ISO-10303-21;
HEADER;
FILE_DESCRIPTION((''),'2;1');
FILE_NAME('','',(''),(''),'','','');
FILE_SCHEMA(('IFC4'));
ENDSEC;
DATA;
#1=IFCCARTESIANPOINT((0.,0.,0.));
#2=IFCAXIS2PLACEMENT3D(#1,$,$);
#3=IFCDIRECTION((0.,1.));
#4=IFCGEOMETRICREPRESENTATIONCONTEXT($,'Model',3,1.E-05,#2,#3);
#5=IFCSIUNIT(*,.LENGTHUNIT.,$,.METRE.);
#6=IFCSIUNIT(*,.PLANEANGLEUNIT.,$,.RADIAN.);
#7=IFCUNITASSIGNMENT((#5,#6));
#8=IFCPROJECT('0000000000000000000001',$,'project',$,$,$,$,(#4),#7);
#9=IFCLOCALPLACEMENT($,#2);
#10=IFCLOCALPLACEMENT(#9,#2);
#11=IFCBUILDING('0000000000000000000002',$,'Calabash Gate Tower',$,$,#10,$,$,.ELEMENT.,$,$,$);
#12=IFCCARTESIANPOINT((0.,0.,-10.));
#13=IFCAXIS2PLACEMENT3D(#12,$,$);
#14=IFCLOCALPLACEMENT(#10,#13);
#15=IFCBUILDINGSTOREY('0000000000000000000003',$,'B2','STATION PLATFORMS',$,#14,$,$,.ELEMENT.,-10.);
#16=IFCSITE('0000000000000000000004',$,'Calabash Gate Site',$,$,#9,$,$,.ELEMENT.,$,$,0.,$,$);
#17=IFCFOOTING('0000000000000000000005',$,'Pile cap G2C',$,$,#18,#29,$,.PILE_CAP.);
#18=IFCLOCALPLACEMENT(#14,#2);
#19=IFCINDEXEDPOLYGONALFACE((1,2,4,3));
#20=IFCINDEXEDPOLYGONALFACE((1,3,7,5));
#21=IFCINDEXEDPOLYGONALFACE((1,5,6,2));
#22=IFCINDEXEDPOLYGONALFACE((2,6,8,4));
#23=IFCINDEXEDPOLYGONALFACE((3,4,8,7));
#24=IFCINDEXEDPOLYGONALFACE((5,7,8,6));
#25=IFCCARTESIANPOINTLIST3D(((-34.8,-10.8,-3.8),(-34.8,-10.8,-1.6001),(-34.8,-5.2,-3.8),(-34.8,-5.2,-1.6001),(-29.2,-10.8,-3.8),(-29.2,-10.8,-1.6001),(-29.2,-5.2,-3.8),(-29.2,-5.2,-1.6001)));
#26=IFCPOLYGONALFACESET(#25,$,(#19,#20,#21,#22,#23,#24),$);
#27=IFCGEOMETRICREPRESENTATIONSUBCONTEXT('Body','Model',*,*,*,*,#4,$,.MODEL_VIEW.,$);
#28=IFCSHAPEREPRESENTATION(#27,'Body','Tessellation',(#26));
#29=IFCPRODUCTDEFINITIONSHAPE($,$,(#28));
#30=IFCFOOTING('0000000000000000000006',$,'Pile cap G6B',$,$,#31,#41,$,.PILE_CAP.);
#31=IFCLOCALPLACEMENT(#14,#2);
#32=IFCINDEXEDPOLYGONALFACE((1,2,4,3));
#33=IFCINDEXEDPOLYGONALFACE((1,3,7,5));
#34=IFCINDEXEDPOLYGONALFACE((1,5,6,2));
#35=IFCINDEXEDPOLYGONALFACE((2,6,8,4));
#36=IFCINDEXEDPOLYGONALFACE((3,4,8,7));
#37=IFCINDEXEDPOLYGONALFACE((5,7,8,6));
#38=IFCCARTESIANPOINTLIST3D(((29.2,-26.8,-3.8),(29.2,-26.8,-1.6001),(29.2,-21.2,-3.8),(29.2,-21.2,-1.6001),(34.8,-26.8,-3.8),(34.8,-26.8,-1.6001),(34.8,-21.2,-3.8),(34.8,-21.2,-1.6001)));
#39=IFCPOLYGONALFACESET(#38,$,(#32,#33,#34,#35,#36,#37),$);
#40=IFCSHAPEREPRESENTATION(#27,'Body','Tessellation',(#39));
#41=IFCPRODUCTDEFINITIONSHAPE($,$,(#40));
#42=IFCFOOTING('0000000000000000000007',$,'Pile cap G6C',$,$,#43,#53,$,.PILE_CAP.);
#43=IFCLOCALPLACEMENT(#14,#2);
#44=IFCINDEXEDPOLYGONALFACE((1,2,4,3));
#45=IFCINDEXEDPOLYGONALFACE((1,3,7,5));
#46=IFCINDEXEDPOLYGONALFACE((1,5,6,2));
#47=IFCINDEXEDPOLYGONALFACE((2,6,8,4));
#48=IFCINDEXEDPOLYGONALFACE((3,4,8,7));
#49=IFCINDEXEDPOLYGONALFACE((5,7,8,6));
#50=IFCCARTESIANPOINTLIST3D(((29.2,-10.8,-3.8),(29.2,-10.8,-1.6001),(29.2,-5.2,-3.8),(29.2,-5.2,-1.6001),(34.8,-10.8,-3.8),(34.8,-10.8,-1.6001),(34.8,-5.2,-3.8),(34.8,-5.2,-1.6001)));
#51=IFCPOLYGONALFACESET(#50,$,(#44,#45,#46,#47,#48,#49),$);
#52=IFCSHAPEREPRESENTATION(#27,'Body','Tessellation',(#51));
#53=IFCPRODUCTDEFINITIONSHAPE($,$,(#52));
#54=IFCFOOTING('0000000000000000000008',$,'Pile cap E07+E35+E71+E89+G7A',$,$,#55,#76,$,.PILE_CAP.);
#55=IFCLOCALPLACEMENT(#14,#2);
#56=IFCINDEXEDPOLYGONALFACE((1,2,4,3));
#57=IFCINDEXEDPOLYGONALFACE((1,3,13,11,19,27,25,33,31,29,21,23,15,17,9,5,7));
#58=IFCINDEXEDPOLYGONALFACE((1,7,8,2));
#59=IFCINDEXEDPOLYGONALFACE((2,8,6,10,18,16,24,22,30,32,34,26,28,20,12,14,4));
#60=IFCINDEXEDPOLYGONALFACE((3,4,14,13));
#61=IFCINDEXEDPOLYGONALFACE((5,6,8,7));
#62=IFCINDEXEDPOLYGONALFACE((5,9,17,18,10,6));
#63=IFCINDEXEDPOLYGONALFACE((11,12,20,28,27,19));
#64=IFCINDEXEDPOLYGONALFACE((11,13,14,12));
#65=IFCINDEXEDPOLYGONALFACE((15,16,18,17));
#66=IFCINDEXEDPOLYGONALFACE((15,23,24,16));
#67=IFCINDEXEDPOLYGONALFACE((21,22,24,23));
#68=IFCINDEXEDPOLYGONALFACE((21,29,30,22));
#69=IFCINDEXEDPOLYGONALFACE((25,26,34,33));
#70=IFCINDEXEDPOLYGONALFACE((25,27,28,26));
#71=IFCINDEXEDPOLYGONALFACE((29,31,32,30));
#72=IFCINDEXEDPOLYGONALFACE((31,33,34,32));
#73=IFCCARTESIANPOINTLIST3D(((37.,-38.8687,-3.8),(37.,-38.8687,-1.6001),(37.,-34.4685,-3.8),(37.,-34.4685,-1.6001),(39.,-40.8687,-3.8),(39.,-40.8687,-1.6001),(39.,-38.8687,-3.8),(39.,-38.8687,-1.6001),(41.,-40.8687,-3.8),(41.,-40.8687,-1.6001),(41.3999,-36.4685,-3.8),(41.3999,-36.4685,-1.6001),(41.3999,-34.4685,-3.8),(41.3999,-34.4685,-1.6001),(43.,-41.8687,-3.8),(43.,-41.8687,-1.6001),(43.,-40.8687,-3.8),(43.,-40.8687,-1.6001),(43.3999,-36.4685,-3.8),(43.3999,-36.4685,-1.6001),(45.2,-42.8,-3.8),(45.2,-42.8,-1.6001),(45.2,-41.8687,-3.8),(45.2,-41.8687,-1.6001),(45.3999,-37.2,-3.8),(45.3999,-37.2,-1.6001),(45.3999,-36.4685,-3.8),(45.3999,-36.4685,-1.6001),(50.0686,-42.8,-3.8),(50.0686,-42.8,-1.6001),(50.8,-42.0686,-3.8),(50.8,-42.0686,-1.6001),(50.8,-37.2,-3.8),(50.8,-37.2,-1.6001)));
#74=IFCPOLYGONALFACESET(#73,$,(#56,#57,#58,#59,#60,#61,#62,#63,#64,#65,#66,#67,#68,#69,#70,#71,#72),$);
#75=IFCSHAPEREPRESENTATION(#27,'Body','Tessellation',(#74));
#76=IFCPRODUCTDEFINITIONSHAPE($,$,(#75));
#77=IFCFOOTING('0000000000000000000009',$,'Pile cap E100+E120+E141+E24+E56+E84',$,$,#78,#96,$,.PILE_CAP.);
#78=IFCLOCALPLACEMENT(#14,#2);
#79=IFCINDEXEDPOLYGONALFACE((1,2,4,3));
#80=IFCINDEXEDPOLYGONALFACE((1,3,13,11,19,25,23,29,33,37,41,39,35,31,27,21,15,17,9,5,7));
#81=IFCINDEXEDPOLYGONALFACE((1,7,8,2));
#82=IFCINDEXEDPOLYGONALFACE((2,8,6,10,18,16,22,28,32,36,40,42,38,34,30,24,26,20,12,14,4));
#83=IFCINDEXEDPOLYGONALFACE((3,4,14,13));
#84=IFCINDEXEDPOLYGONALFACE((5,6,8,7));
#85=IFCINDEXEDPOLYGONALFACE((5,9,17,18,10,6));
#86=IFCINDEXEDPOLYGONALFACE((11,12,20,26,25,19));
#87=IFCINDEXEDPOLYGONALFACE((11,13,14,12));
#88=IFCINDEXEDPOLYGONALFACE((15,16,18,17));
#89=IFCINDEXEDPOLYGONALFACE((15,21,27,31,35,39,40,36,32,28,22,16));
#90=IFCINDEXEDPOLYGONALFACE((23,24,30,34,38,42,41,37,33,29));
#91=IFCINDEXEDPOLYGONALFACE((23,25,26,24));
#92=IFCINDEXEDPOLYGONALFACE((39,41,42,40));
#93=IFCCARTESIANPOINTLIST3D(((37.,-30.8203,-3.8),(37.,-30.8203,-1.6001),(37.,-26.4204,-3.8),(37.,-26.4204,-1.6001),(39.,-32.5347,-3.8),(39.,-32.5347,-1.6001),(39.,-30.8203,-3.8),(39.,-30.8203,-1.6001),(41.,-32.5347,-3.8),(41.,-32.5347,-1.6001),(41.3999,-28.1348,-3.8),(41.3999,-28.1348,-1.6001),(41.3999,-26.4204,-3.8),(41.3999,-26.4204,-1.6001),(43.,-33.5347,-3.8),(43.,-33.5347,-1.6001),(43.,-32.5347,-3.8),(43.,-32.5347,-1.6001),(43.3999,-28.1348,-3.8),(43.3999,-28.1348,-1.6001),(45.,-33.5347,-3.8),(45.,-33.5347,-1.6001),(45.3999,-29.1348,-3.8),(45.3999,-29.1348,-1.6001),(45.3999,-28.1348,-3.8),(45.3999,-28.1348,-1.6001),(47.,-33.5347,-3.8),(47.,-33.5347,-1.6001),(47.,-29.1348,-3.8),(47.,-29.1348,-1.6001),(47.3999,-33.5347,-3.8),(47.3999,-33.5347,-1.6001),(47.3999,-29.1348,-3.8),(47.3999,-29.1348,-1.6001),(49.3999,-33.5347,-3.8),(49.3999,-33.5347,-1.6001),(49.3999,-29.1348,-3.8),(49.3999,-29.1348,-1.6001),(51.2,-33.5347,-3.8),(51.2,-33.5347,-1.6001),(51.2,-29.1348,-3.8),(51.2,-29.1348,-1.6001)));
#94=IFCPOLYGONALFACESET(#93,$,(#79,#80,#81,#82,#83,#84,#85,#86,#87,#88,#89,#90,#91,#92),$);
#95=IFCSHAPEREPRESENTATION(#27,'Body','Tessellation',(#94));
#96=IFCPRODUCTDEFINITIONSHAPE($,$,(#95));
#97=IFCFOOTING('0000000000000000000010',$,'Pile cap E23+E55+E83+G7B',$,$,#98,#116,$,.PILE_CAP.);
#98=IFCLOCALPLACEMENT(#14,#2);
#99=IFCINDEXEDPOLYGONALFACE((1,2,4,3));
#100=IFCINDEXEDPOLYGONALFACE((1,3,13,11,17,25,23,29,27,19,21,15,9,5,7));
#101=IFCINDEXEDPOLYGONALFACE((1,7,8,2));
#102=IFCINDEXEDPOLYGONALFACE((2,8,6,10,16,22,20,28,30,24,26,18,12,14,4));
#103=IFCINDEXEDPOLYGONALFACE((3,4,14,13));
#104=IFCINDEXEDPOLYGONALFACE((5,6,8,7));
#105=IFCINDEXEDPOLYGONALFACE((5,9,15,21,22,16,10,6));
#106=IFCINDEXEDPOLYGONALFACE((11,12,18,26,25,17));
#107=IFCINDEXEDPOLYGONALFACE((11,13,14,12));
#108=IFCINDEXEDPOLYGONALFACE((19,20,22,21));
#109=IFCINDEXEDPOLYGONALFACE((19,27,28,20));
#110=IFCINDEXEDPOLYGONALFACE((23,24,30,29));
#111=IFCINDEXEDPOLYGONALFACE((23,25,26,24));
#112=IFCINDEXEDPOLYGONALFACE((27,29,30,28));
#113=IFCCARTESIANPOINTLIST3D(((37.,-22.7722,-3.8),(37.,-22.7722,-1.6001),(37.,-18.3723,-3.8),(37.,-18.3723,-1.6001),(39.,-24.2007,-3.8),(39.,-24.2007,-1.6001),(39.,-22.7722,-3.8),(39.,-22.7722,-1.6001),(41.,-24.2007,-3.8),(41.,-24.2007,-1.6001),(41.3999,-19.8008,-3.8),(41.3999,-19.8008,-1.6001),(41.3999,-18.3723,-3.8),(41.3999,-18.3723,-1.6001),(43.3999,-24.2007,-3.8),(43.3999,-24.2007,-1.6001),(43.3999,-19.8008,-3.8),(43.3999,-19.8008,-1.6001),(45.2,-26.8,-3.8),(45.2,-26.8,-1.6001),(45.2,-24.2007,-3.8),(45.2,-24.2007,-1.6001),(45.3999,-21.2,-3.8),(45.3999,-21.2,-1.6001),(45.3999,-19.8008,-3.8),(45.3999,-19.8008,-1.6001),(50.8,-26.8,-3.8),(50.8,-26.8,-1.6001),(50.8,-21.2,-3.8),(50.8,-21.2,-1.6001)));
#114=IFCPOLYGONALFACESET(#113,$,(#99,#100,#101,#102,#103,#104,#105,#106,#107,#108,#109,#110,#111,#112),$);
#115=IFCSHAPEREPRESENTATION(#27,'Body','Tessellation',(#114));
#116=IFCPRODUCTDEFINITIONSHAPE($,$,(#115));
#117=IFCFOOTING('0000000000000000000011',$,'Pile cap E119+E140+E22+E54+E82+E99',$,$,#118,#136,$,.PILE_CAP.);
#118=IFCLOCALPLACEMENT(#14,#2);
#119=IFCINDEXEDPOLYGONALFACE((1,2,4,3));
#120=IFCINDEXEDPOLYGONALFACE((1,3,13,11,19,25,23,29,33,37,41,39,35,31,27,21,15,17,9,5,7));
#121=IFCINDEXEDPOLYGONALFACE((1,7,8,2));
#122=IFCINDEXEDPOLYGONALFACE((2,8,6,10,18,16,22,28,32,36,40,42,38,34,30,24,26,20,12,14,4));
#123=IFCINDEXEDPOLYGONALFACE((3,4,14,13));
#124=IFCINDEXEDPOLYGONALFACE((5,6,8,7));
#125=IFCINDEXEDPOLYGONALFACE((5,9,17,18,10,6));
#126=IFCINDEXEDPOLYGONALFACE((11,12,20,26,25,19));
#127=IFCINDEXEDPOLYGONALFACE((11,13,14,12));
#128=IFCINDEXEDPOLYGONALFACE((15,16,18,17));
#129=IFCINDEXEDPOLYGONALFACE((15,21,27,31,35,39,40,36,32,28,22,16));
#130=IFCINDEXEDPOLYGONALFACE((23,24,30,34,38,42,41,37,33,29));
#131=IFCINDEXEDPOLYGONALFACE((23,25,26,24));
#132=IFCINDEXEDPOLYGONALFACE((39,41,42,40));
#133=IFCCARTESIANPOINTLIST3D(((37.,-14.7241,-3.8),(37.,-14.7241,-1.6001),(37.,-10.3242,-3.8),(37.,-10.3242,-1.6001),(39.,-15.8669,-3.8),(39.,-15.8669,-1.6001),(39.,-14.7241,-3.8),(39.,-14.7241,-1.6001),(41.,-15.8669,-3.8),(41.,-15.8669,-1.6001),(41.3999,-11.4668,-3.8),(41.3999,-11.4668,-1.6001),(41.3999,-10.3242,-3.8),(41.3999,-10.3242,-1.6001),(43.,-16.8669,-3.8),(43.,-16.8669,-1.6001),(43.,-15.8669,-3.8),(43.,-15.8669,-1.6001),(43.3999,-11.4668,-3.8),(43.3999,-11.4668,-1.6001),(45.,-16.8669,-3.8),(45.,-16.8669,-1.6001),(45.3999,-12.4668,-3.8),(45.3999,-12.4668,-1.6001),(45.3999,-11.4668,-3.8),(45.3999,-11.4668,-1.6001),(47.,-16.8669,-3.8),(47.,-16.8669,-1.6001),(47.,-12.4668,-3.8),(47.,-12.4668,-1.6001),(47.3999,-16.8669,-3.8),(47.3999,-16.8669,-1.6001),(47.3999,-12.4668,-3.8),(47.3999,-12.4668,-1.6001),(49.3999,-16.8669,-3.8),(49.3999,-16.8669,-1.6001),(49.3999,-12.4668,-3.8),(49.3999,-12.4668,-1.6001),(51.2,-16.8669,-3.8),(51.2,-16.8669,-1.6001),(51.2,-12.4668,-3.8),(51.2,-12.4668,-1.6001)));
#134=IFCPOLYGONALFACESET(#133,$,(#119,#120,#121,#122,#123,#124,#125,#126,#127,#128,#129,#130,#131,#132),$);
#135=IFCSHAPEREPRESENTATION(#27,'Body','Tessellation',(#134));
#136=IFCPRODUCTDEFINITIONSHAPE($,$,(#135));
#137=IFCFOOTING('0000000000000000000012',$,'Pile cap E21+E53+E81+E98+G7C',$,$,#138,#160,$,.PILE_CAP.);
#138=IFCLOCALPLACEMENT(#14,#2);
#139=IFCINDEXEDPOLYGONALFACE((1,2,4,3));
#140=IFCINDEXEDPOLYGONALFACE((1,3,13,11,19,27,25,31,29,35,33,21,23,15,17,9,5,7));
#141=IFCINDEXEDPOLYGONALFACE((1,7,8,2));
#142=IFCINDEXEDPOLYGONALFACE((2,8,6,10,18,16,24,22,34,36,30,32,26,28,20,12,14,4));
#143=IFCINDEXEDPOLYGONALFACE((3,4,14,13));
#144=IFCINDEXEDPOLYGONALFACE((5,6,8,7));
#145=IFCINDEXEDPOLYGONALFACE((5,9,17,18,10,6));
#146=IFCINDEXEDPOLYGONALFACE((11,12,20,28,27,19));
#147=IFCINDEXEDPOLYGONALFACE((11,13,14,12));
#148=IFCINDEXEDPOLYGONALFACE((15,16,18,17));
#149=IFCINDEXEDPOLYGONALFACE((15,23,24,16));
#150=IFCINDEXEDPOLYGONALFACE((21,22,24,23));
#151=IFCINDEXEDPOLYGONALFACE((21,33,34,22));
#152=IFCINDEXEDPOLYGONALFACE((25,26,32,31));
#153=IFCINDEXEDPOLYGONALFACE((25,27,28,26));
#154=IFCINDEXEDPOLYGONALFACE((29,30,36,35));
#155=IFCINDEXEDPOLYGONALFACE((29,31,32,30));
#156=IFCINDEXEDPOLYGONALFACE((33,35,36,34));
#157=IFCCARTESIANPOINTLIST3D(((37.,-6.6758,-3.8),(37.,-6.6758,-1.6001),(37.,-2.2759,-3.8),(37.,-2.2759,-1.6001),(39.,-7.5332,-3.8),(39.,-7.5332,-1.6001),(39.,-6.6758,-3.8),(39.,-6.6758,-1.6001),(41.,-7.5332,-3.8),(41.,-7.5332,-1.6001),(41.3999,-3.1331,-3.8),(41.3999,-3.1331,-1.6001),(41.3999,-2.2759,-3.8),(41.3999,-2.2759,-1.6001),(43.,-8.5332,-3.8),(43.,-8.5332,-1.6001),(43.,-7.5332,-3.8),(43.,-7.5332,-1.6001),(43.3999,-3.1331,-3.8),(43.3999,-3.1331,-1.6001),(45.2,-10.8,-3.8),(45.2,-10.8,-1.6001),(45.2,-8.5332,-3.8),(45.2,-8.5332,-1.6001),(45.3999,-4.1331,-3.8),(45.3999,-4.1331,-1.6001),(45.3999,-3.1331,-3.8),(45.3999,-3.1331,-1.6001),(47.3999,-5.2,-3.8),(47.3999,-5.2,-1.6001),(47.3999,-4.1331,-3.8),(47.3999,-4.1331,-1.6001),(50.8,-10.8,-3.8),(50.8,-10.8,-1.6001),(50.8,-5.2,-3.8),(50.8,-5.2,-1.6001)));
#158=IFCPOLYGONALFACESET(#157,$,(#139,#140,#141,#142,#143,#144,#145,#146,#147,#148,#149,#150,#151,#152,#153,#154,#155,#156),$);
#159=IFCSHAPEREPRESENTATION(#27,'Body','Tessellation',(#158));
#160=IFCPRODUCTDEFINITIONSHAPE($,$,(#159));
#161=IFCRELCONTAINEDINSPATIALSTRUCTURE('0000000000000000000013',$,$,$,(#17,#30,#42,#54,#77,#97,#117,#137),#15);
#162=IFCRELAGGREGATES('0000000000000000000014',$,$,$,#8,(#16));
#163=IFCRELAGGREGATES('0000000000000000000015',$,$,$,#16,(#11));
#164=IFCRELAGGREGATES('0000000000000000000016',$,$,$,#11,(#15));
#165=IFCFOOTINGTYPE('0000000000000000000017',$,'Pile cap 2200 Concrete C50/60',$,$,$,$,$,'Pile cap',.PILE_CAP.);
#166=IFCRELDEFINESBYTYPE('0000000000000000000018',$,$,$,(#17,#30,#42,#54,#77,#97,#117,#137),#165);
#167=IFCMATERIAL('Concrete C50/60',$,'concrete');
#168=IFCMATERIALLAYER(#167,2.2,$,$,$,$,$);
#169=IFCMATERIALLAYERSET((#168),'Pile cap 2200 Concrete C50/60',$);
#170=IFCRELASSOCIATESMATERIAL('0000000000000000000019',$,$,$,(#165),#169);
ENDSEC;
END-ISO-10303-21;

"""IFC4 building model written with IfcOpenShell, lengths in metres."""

from ifc_helpers import new_model, si_unit, direction, frame, origin, place, context, subcontext, project, spatial, polyline, outline, extrude, material, layer, layer_set, type_object, element, save


model = new_model("IFC4")

# Units and contexts
model_context = context("Model", 3, precision=1e-05, world=origin(), true_north=direction((0.0, 1.0)))
body_context = subcontext(model_context, "Body", "Model", "MODEL_VIEW")
ifc_project = project(units=[si_unit("LENGTHUNIT", "METRE"), si_unit("PLANEANGLEUNIT", "RADIAN")], contexts=[model_context])

# Site, building, storey
site_placement = place(None, origin())
site = spatial("IfcSite", under=ifc_project, at=site_placement, Name="Calabash Gate Site", CompositionType="ELEMENT", RefElevation=0.0)
building_placement = place(site_placement, origin())
building = spatial("IfcBuilding", under=site, at=building_placement, Name="Calabash Gate Tower", CompositionType="ELEMENT")
storey_placement = place(building_placement, frame((0.0, 0.0, -10.0)))
storey = spatial("IfcBuildingStorey", under=building, at=storey_placement, Name="B2", Description="STATION PLATFORMS", CompositionType="ELEMENT", Elevation=-10.0)

# Footings
ifc_material_1 = material(Name="Concrete C50/60", Category="concrete")
ifc_layer_1 = layer(ifc_material_1, 2.2)
ifc_layer_set_1 = layer_set([ifc_layer_1], Name="Pile cap 2200 Concrete C50/60")
footing_type_1 = type_object("IfcFootingType", Name="Pile cap 2200 Concrete C50/60", ElementType="Pile cap", PredefinedType="PILE_CAP", material=ifc_layer_set_1)
footing_1_placement = place(storey_placement, frame((0.0, 0.0, -3.8)))
element("IfcFooting", 1, at=footing_1_placement, inside=storey, type_object=footing_type_1, Name="Pile cap G2C", PredefinedType="PILE_CAP", context=body_context, shape_type="SweptSolid", body=[
    extrude(outline(polyline([(-29.2, -10.8), (-34.8, -10.8), (-34.8, -5.2), (-29.2, -5.2), (-29.2, -10.8)])), origin(), (0.0, 0.0, 1.0), 2.2),
])
footing_2_placement = place(storey_placement, frame((0.0, 0.0, -3.8)))
element("IfcFooting", 2, at=footing_2_placement, inside=storey, type_object=footing_type_1, Name="Pile cap G6B", PredefinedType="PILE_CAP", context=body_context, shape_type="SweptSolid", body=[
    extrude(outline(polyline([(34.8, -26.8), (29.2, -26.8), (29.2, -21.2), (34.8, -21.2), (34.8, -26.8)])), origin(), (0.0, 0.0, 1.0), 2.2),
])
footing_3_placement = place(storey_placement, frame((0.0, 0.0, -3.8)))
element("IfcFooting", 3, at=footing_3_placement, inside=storey, type_object=footing_type_1, Name="Pile cap G6C", PredefinedType="PILE_CAP", context=body_context, shape_type="SweptSolid", body=[
    extrude(outline(polyline([(34.8, -10.8), (29.2, -10.8), (29.2, -5.2), (34.8, -5.2), (34.8, -10.8)])), origin(), (0.0, 0.0, 1.0), 2.2),
])
footing_4_placement = place(storey_placement, frame((0.0, 0.0, -3.8)))
element("IfcFooting", 4, at=footing_4_placement, inside=storey, type_object=footing_type_1, Name="Pile cap E07+E35+E71+E89+G7A", PredefinedType="PILE_CAP", context=body_context, shape_type="SweptSolid", body=[
    extrude(outline(polyline([(41.3999, -36.4685), (43.3999, -36.4685), (45.3999, -36.4685), (45.3999, -37.2), (50.8, -37.2), (50.8, -42.0686), (50.0686, -42.8), (45.2, -42.8), (45.2, -41.8687), (43.0, -41.8687), (43.0, -40.8687), (41.0, -40.8687), (39.0, -40.8687), (39.0, -38.8687), (37.0, -38.8687), (37.0, -34.4685), (41.3999, -34.4685), (41.3999, -36.4685)])), origin(), (0.0, 0.0, 1.0), 2.2),
])
footing_5_placement = place(storey_placement, frame((0.0, 0.0, -3.8)))
element("IfcFooting", 5, at=footing_5_placement, inside=storey, type_object=footing_type_1, Name="Pile cap E100+E120+E141+E24+E56+E84", PredefinedType="PILE_CAP", context=body_context, shape_type="SweptSolid", body=[
    extrude(outline(polyline([(41.3999, -28.1348), (43.3999, -28.1348), (45.3999, -28.1348), (45.3999, -29.1348), (47.0, -29.1348), (47.3999, -29.1348), (49.3999, -29.1348), (51.2, -29.1348), (51.2, -33.5347), (49.3999, -33.5347), (47.3999, -33.5347), (47.0, -33.5347), (45.0, -33.5347), (43.0, -33.5347), (43.0, -32.5347), (41.0, -32.5347), (39.0, -32.5347), (39.0, -30.8203), (37.0, -30.8203), (37.0, -26.4204), (41.3999, -26.4204), (41.3999, -28.1348)])), origin(), (0.0, 0.0, 1.0), 2.2),
])
footing_6_placement = place(storey_placement, frame((0.0, 0.0, -3.8)))
element("IfcFooting", 6, at=footing_6_placement, inside=storey, type_object=footing_type_1, Name="Pile cap E23+E55+E83+G7B", PredefinedType="PILE_CAP", context=body_context, shape_type="SweptSolid", body=[
    extrude(outline(polyline([(37.0, -18.3723), (41.3999, -18.3723), (41.3999, -19.8008), (43.3999, -19.8008), (45.3999, -19.8008), (45.3999, -21.2), (50.8, -21.2), (50.8, -26.8), (45.2, -26.8), (45.2, -24.2007), (43.3999, -24.2007), (41.0, -24.2007), (39.0, -24.2007), (39.0, -22.7722), (37.0, -22.7722), (37.0, -18.3723)])), origin(), (0.0, 0.0, 1.0), 2.2),
])
footing_7_placement = place(storey_placement, frame((0.0, 0.0, -3.8)))
element("IfcFooting", 7, at=footing_7_placement, inside=storey, type_object=footing_type_1, Name="Pile cap E119+E140+E22+E54+E82+E99", PredefinedType="PILE_CAP", context=body_context, shape_type="SweptSolid", body=[
    extrude(outline(polyline([(41.3999, -11.4668), (43.3999, -11.4668), (45.3999, -11.4668), (45.3999, -12.4668), (47.0, -12.4668), (47.3999, -12.4668), (49.3999, -12.4668), (51.2, -12.4668), (51.2, -16.8669), (49.3999, -16.8669), (47.3999, -16.8669), (47.0, -16.8669), (45.0, -16.8669), (43.0, -16.8669), (43.0, -15.8669), (41.0, -15.8669), (39.0, -15.8669), (39.0, -14.7241), (37.0, -14.7241), (37.0, -10.3242), (41.3999, -10.3242), (41.3999, -11.4668)])), origin(), (0.0, 0.0, 1.0), 2.2),
])
footing_8_placement = place(storey_placement, frame((0.0, 0.0, -3.8)))
element("IfcFooting", 8, at=footing_8_placement, inside=storey, type_object=footing_type_1, Name="Pile cap E21+E53+E81+E98+G7C", PredefinedType="PILE_CAP", context=body_context, shape_type="SweptSolid", body=[
    extrude(outline(polyline([(41.3999, -3.1331), (43.3999, -3.1331), (45.3999, -3.1331), (45.3999, -4.1331), (47.3999, -4.1331), (47.3999, -5.2), (50.8, -5.2), (50.8, -10.8), (45.2, -10.8), (45.2, -8.5332), (43.0, -8.5332), (43.0, -7.5332), (41.0, -7.5332), (39.0, -7.5332), (39.0, -6.6758), (37.0, -6.6758), (37.0, -2.2759), (41.3999, -2.2759), (41.3999, -3.1331)])), origin(), (0.0, 0.0, 1.0), 2.2),
])

save(model, "model.ifc")
